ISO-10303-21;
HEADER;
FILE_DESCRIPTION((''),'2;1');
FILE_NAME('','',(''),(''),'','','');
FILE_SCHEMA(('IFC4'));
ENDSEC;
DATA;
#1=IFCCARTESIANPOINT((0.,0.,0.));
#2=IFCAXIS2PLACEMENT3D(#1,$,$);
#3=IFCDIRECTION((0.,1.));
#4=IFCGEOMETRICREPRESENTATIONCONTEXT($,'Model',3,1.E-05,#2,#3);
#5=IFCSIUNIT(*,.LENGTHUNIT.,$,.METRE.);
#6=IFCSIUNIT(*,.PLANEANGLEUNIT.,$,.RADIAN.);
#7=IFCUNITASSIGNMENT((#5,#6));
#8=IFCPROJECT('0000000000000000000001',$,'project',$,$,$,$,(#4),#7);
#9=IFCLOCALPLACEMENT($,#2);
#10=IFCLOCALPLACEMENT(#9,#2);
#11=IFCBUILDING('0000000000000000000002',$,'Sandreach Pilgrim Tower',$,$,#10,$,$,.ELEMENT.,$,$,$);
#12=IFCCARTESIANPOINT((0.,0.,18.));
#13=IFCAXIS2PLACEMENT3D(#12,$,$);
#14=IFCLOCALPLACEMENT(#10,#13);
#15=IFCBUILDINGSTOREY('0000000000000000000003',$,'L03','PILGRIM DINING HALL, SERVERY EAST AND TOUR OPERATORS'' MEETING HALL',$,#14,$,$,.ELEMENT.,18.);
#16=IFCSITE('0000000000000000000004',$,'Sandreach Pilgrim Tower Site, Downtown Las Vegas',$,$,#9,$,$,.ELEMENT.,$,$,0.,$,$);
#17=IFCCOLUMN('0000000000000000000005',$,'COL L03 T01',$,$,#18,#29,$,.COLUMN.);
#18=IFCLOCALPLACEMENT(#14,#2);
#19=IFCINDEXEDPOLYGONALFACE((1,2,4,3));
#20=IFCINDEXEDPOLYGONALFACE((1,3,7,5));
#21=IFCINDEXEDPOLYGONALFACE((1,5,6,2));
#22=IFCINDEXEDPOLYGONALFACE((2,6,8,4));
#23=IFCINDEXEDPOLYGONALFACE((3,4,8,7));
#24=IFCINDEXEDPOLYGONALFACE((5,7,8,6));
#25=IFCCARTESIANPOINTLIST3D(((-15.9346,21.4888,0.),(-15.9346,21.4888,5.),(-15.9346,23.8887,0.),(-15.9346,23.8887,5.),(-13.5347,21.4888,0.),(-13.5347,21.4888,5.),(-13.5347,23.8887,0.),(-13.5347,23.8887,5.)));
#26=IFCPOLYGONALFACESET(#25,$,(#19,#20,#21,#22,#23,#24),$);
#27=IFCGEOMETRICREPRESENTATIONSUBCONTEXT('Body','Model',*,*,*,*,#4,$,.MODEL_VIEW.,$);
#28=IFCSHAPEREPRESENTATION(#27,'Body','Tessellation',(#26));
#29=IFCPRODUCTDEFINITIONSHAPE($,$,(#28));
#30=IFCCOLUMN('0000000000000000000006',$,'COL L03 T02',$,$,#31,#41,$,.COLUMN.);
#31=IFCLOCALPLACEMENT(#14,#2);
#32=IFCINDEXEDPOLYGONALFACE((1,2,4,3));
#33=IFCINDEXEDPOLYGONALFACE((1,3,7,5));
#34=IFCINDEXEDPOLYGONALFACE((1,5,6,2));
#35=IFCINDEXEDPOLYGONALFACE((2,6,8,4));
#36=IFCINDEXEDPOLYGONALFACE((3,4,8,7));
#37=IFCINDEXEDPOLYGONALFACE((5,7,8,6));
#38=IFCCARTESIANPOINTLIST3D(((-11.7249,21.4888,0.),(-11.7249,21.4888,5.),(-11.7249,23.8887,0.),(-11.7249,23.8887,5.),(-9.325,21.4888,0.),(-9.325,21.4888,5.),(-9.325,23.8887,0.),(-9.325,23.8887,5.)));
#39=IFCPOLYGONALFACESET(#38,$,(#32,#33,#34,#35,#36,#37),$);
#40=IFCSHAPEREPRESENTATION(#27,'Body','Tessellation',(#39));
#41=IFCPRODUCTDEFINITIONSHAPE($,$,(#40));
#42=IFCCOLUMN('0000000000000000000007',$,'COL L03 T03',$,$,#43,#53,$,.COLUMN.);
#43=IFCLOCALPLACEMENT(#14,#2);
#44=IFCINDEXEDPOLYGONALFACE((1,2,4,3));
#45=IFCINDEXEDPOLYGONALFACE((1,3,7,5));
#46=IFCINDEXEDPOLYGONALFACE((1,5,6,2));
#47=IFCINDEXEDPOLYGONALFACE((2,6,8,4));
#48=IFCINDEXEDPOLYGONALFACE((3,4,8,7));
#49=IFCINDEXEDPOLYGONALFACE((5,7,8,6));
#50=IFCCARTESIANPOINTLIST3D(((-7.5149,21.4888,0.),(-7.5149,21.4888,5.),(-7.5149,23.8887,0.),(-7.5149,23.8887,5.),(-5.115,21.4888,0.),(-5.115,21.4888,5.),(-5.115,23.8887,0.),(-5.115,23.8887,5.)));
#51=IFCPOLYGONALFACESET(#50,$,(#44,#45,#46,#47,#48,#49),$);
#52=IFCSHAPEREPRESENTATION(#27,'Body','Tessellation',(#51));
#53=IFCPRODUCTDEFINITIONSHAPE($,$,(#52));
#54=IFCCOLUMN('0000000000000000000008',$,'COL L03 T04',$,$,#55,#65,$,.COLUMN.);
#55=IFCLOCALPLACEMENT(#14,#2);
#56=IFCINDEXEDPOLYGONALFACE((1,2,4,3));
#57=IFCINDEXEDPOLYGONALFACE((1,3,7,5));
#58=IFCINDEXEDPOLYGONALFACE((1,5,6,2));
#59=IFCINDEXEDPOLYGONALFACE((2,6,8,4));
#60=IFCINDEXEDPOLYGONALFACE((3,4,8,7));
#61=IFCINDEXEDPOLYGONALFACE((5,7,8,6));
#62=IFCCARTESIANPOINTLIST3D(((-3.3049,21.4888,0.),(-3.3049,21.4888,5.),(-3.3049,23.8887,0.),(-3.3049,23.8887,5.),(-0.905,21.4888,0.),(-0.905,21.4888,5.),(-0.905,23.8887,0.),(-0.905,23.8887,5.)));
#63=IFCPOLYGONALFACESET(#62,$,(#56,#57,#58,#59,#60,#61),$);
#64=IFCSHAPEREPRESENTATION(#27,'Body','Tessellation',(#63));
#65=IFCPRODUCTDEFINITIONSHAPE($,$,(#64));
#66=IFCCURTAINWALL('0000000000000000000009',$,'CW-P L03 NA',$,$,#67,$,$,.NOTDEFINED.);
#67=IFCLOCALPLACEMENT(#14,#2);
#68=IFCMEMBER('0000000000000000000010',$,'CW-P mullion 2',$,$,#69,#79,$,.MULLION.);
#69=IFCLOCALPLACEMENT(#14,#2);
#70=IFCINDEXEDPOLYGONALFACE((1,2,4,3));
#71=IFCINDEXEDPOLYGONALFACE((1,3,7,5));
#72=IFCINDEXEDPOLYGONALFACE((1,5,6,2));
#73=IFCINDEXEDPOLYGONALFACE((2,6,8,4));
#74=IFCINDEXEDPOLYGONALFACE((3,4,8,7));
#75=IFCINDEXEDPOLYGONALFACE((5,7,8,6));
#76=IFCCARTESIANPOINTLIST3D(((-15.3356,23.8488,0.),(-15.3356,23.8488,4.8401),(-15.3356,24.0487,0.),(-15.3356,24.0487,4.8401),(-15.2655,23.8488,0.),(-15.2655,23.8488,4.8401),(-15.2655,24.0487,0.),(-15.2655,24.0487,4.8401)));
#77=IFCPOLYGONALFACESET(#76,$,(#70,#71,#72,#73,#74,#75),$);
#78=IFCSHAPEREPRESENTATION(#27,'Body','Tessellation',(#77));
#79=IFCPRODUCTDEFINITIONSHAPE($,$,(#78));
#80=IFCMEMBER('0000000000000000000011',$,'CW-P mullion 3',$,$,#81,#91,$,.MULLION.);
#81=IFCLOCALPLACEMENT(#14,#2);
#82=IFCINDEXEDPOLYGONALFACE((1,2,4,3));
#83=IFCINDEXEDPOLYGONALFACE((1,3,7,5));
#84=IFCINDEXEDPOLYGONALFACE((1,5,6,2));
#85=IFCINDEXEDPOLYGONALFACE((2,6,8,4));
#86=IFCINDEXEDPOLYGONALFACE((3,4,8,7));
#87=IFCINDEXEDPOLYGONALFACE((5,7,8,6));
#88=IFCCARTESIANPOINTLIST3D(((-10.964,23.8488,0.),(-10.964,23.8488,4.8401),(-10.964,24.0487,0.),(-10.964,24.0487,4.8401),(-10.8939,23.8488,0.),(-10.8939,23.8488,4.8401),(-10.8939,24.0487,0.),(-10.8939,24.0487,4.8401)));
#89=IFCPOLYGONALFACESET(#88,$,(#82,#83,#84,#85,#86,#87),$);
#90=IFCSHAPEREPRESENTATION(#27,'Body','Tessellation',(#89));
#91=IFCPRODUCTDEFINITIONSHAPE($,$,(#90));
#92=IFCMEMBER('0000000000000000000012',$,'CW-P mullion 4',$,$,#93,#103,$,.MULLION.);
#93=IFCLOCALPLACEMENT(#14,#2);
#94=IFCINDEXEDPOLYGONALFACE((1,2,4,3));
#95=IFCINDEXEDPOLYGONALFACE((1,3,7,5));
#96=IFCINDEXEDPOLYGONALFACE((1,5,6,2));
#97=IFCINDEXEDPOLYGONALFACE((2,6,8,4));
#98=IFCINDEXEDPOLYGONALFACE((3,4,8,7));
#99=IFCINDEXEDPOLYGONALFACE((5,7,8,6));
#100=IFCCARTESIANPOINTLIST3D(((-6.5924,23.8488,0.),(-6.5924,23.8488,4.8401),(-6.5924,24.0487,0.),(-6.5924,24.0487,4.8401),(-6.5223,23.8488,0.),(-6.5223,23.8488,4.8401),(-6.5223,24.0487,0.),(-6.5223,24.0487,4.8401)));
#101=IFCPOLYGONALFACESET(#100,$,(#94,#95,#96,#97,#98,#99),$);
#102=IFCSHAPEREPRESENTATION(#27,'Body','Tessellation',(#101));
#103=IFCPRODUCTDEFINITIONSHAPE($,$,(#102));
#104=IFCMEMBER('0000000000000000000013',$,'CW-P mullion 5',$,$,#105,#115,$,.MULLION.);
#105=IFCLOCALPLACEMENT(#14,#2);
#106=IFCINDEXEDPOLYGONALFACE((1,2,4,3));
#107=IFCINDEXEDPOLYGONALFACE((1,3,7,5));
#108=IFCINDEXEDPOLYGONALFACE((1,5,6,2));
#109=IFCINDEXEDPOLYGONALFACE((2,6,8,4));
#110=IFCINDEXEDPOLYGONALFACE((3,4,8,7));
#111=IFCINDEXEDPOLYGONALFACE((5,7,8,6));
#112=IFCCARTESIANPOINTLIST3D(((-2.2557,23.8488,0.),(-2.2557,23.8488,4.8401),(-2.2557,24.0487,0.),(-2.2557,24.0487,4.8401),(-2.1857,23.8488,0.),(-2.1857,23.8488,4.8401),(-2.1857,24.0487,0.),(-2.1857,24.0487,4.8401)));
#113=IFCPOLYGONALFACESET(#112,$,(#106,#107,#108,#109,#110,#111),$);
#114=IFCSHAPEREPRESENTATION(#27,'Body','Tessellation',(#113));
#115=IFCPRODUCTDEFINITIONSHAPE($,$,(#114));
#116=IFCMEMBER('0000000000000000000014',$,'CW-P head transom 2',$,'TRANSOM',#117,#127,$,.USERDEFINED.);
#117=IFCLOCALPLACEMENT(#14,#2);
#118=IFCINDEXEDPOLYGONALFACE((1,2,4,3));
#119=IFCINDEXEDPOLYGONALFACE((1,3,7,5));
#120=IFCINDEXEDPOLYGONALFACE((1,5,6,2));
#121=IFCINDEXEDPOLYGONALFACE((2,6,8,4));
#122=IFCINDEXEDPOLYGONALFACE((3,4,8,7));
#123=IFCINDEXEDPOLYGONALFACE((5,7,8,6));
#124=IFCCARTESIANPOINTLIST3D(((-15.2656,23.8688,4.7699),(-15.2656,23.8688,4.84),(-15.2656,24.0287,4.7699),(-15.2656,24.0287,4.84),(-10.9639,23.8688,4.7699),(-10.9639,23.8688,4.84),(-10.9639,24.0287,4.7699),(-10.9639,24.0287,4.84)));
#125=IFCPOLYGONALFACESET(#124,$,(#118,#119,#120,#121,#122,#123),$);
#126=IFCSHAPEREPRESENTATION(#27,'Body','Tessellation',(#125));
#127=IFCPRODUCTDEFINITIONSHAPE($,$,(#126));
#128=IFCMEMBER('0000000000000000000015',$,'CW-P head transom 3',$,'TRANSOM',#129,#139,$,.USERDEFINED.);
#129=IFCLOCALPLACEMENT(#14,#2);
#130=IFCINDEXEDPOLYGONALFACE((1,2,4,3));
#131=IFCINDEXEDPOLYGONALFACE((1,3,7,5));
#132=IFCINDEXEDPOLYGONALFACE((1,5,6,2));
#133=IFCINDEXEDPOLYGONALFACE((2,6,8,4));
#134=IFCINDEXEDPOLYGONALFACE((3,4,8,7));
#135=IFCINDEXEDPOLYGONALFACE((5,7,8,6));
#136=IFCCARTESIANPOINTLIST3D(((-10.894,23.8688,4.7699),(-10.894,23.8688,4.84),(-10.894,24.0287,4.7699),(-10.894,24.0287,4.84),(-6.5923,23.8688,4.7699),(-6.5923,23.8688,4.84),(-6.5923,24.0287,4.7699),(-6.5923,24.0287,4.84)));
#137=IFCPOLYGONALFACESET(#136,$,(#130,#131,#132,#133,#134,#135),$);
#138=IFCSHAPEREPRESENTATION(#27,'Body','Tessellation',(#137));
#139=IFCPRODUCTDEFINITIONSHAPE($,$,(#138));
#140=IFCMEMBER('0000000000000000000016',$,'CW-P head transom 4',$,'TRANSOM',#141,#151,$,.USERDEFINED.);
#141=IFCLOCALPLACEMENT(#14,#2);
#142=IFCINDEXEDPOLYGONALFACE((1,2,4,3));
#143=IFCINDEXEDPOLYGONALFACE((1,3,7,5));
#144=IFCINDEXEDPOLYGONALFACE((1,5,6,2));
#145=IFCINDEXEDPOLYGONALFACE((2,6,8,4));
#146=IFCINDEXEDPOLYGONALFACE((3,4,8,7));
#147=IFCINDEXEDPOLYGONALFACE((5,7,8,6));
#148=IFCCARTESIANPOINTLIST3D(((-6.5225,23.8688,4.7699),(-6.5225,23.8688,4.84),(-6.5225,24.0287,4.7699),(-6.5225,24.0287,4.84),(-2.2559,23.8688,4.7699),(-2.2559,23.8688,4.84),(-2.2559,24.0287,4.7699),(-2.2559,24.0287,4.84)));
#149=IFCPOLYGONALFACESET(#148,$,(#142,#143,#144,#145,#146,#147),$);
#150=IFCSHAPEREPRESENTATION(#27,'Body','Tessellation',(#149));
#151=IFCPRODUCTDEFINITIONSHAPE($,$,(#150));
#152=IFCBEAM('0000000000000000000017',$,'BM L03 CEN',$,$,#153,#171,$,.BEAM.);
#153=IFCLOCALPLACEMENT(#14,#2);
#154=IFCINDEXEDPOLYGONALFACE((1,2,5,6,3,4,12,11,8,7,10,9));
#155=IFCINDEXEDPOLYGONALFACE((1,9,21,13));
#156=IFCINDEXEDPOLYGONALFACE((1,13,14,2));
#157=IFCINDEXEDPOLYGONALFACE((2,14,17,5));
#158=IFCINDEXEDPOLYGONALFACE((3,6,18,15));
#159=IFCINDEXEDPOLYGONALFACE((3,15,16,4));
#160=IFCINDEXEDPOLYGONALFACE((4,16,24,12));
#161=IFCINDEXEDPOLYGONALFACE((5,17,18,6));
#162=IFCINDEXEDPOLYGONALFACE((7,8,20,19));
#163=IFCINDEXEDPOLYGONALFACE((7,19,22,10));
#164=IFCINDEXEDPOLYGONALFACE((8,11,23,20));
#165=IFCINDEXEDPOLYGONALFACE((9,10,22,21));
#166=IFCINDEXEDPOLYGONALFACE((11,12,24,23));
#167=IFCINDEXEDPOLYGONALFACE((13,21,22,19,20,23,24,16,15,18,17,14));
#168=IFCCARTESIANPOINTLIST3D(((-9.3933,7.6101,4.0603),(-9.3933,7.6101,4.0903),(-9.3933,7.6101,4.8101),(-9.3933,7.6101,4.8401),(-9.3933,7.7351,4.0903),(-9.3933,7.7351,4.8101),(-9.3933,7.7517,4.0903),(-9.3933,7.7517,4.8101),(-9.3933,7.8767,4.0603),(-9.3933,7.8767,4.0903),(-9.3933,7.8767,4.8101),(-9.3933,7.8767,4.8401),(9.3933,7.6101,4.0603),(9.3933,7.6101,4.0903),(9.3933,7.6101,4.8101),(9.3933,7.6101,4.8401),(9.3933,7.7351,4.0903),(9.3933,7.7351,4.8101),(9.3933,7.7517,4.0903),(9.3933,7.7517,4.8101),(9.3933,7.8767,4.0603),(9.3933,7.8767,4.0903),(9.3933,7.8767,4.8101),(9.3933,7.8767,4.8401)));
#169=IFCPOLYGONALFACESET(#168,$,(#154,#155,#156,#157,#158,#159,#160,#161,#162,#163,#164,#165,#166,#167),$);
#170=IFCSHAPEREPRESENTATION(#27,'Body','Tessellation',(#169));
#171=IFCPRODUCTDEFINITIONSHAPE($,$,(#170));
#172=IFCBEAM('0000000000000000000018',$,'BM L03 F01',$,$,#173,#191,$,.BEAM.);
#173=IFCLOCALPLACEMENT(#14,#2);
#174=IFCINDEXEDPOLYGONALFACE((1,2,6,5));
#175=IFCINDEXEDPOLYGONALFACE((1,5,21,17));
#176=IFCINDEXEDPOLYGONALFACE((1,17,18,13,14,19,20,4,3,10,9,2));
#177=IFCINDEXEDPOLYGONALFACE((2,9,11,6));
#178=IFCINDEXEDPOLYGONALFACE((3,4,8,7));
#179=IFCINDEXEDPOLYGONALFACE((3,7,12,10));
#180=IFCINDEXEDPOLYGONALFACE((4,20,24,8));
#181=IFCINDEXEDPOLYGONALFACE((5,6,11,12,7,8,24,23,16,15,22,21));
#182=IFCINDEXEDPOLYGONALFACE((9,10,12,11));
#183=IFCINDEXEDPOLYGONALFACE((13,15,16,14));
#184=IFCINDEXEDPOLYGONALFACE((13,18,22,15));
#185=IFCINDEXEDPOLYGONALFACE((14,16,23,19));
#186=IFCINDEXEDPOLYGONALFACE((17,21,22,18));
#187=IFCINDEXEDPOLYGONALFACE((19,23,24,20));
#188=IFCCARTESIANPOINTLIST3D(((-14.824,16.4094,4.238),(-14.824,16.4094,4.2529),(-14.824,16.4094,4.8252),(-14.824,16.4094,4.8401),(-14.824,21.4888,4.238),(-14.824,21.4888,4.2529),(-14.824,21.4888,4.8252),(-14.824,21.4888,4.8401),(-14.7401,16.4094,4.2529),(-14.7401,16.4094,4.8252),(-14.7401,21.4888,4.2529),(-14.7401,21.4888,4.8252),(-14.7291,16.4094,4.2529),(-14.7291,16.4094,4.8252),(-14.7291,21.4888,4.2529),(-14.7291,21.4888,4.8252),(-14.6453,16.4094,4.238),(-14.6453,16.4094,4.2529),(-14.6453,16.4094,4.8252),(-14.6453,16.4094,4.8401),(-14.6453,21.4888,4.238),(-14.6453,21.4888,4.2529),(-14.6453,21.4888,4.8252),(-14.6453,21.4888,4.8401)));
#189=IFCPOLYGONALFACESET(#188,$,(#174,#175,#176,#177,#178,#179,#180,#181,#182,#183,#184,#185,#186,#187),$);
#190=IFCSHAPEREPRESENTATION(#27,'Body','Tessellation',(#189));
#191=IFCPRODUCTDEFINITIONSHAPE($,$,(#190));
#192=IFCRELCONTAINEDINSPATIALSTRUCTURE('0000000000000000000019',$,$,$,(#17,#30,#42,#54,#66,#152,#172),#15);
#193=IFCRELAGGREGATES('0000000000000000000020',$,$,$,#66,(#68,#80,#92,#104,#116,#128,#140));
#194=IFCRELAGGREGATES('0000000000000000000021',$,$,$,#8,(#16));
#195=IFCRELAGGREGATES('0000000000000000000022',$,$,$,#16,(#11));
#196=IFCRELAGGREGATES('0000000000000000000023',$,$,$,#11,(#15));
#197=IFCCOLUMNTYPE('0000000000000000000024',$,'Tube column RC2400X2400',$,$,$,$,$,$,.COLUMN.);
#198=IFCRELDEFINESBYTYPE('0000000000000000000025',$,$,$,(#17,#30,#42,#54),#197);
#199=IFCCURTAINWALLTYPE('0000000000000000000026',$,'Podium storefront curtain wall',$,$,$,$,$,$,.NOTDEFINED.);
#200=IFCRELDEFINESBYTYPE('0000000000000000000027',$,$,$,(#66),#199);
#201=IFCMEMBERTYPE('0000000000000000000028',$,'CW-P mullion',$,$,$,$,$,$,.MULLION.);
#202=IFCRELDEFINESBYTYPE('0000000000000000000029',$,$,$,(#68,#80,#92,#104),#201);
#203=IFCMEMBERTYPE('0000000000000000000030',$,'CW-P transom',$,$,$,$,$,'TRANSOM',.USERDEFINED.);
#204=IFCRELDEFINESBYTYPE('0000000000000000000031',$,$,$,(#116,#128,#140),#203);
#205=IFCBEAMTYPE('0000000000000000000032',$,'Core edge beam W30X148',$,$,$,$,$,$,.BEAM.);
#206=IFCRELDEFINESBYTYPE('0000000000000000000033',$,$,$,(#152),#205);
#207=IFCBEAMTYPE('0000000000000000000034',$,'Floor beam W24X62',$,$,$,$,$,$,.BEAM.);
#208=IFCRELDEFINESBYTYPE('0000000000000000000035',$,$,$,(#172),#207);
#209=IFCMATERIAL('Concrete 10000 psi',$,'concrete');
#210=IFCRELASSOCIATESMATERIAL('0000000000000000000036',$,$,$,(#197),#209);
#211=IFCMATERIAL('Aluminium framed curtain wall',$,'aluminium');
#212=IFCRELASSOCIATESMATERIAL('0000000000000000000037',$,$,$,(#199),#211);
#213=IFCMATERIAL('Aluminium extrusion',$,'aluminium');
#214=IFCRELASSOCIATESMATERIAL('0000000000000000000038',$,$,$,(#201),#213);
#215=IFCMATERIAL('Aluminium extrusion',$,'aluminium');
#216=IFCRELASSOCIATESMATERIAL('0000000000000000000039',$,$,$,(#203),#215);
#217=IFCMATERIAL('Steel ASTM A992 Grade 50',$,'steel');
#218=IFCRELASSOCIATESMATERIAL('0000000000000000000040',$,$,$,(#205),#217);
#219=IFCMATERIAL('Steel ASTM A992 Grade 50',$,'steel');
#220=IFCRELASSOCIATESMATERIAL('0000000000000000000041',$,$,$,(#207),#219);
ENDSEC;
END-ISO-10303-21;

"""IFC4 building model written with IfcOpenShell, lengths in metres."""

from ifc_helpers import new_model, si_unit, direction, frame, origin, origin_2d, place, context, subcontext, project, spatial, rectangle, i_section, extrude, material, material_profile, profile_set, type_object, element, aggregate, save


model = new_model("IFC4")

# Units and contexts
model_context = context("Model", 3, precision=1e-05, world=origin(), true_north=direction((0.0, 1.0)))
body_context = subcontext(model_context, "Body", "Model", "MODEL_VIEW")
ifc_project = project(units=[si_unit("LENGTHUNIT", "METRE"), si_unit("PLANEANGLEUNIT", "RADIAN")], contexts=[model_context])

# Site, building, storey
site_placement = place(None, origin())
site = spatial("IfcSite", under=ifc_project, at=site_placement, Name="Sandreach Pilgrim Tower Site, Downtown Las Vegas", CompositionType="ELEMENT", RefElevation=0.0)
building_placement = place(site_placement, origin())
building = spatial("IfcBuilding", under=site, at=building_placement, Name="Sandreach Pilgrim Tower", CompositionType="ELEMENT")
storey_placement = place(building_placement, frame((0.0, 0.0, 18.0)))
storey = spatial("IfcBuildingStorey", under=building, at=storey_placement, Name="L03", Description="PILGRIM DINING HALL, SERVERY EAST AND TOUR OPERATORS' MEETING HALL", CompositionType="ELEMENT", Elevation=18.0)

# Columns
ifc_material_1 = material(Name="Concrete 10000 psi", Category="concrete")
ifc_material_profile_1 = material_profile(ifc_material_1, rectangle(XDim=2.3999, YDim=2.3999, at=origin_2d()), Name="RC2400X2400")
ifc_profile_set_1 = profile_set([ifc_material_profile_1], Name="Concrete 10000 psi")
column_type = type_object("IfcColumnType", Name="Tube column RC2400X2400", PredefinedType="COLUMN", material=ifc_profile_set_1)
for number, where, z_axis, x_axis, name in (
    (1, (-14.7346, 22.6887, 0.0), (0.0, 0.0, 1.0), (0.0, 1.0, 0.0), "COL L03 T01"),
    (2, (-10.5249, 22.6887, 0.0), (0.0, 0.0, 1.0), (0.0, 1.0, 0.0), "COL L03 T02"),
    (3, (-6.3149, 22.6887, 0.0), (0.0, 0.0, 1.0), (0.0, 1.0, 0.0), "COL L03 T03"),
    (4, (-2.105, 22.6887, 0.0), (0.0, 0.0, 1.0), (0.0, 1.0, 0.0), "COL L03 T04"),
):
    element("IfcColumn", number, at=place(storey_placement, frame(where, z_axis=z_axis, x_axis=x_axis)), inside=storey, type_object=column_type, Name=name, PredefinedType="COLUMN", context=body_context, shape_type="SweptSolid", body=[
        extrude(rectangle(XDim=2.3999, YDim=2.3999, at=origin_2d()), origin(), (0.0, 0.0, 1.0), 5.0),
    ])

# Curtain wall, members
ifc_material_2 = material(Name="Aluminium framed curtain wall", Category="aluminium")
curtain_wall_type = type_object("IfcCurtainWallType", Name="Podium storefront curtain wall", PredefinedType="NOTDEFINED", material=ifc_material_2)
curtain_wall_placement = place(storey_placement, origin())
curtain_wall = element("IfcCurtainWall", 5, at=curtain_wall_placement, inside=storey, type_object=curtain_wall_type, Name="CW-P L03 NA", PredefinedType="NOTDEFINED")
ifc_material_3 = material(Name="Aluminium extrusion", Category="aluminium")
ifc_material_profile_2 = material_profile(ifc_material_3, rectangle(XDim=0.0701, YDim=0.2, at=origin_2d()), Name="CW-PM 70X200")
ifc_profile_set_2 = profile_set([ifc_material_profile_2], Name="Aluminium extrusion")
member_type_1 = type_object("IfcMemberType", Name="CW-P mullion", PredefinedType="MULLION", material=ifc_profile_set_2)
member_1_placement = place(storey_placement, frame((-15.3005, 23.9487, 0.0), z_axis=(0.0, 0.0, 1.0), x_axis=(1.0, 0.0, 0.0)))
member_1 = element("IfcMember", 6, at=member_1_placement, type_object=member_type_1, Name="CW-P mullion 2", PredefinedType="MULLION", context=body_context, shape_type="SweptSolid", body=[
    extrude(rectangle(XDim=0.0701, YDim=0.2, at=origin_2d()), origin(), (0.0, 0.0, 1.0), 4.8401),
])
member_2_placement = place(storey_placement, frame((-10.929, 23.9487, 0.0), z_axis=(0.0, 0.0, 1.0), x_axis=(1.0, 0.0, 0.0)))
member_2 = element("IfcMember", 7, at=member_2_placement, type_object=member_type_1, Name="CW-P mullion 3", PredefinedType="MULLION", context=body_context, shape_type="SweptSolid", body=[
    extrude(rectangle(XDim=0.0701, YDim=0.2, at=origin_2d()), origin(), (0.0, 0.0, 1.0), 4.8401),
])
member_3_placement = place(storey_placement, frame((-6.5574, 23.9487, 0.0), z_axis=(0.0, 0.0, 1.0), x_axis=(1.0, 0.0, 0.0)))
member_3 = element("IfcMember", 8, at=member_3_placement, type_object=member_type_1, Name="CW-P mullion 4", PredefinedType="MULLION", context=body_context, shape_type="SweptSolid", body=[
    extrude(rectangle(XDim=0.0701, YDim=0.2, at=origin_2d()), origin(), (0.0, 0.0, 1.0), 4.8401),
])
member_4_placement = place(storey_placement, frame((-2.2207, 23.9487, 0.0), z_axis=(0.0, 0.0, 1.0), x_axis=(1.0, 0.0, 0.0)))
member_4 = element("IfcMember", 9, at=member_4_placement, type_object=member_type_1, Name="CW-P mullion 5", PredefinedType="MULLION", context=body_context, shape_type="SweptSolid", body=[
    extrude(rectangle(XDim=0.0701, YDim=0.2, at=origin_2d()), origin(), (0.0, 0.0, 1.0), 4.8401),
])
ifc_material_4 = material(Name="Aluminium extrusion", Category="aluminium")
ifc_material_profile_3 = material_profile(ifc_material_4, rectangle(XDim=0.1599, YDim=0.0701, at=origin_2d()), Name="CW-PT 160X70")
ifc_profile_set_3 = profile_set([ifc_material_profile_3], Name="Aluminium extrusion")
member_type_2 = type_object("IfcMemberType", Name="CW-P transom", ElementType="TRANSOM", PredefinedType="USERDEFINED", material=ifc_profile_set_3)
member_5_placement = place(storey_placement, frame((-15.2656, 23.9487, 4.8049), z_axis=(1.0, 0.0, 0.0), x_axis=(0.0, 1.0, 0.0)))
member_5 = element("IfcMember", 10, at=member_5_placement, type_object=member_type_2, Name="CW-P head transom 2", ObjectType="TRANSOM", PredefinedType="USERDEFINED", context=body_context, shape_type="SweptSolid", body=[
    extrude(rectangle(XDim=0.1599, YDim=0.0701, at=origin_2d()), origin(), (0.0, 0.0, 1.0), 4.3018),
])
member_6_placement = place(storey_placement, frame((-10.894, 23.9487, 4.8049), z_axis=(1.0, 0.0, 0.0), x_axis=(0.0, 1.0, 0.0)))
member_6 = element("IfcMember", 11, at=member_6_placement, type_object=member_type_2, Name="CW-P head transom 3", ObjectType="TRANSOM", PredefinedType="USERDEFINED", context=body_context, shape_type="SweptSolid", body=[
    extrude(rectangle(XDim=0.1599, YDim=0.0701, at=origin_2d()), origin(), (0.0, 0.0, 1.0), 4.3018),
])
member_7_placement = place(storey_placement, frame((-6.5225, 23.9487, 4.8049), z_axis=(1.0, 0.0, 0.0), x_axis=(0.0, 1.0, 0.0)))
member_7 = element("IfcMember", 12, at=member_7_placement, type_object=member_type_2, Name="CW-P head transom 4", ObjectType="TRANSOM", PredefinedType="USERDEFINED", context=body_context, shape_type="SweptSolid", body=[
    extrude(rectangle(XDim=0.1599, YDim=0.0701, at=origin_2d()), origin(), (0.0, 0.0, 1.0), 4.2666),
])

# Beams
ifc_material_5 = material(Name="Steel ASTM A992 Grade 50", Category="steel")
ifc_material_profile_4 = material_profile(ifc_material_5, i_section(OverallWidth=0.2666, OverallDepth=0.7798, WebThickness=0.0166, FlangeThickness=0.03, at=origin_2d()), Name="W30X148")
ifc_profile_set_4 = profile_set([ifc_material_profile_4], Name="Steel ASTM A992 Grade 50")
beam_type_1 = type_object("IfcBeamType", Name="Core edge beam W30X148", PredefinedType="BEAM", material=ifc_profile_set_4)
beam_1_placement = place(storey_placement, frame((-9.3933, 7.7434, 4.4502), z_axis=(1.0, 0.0, 0.0), x_axis=(0.0, 1.0, 0.0)))
element("IfcBeam", 13, at=beam_1_placement, inside=storey, type_object=beam_type_1, Name="BM L03 CEN", PredefinedType="BEAM", context=body_context, shape_type="SweptSolid", body=[
    extrude(i_section(OverallWidth=0.2666, OverallDepth=0.7798, WebThickness=0.0166, FlangeThickness=0.03, at=origin_2d()), origin(), (0.0, 0.0, 1.0), 18.7866),
])
ifc_material_6 = material(Name="Steel ASTM A992 Grade 50", Category="steel")
ifc_material_profile_5 = material_profile(ifc_material_6, i_section(OverallWidth=0.1787, OverallDepth=0.6021, WebThickness=0.011, FlangeThickness=0.0149, at=origin_2d()), Name="W24X62")
ifc_profile_set_5 = profile_set([ifc_material_profile_5], Name="Steel ASTM A992 Grade 50")
beam_type_2 = type_object("IfcBeamType", Name="Floor beam W24X62", PredefinedType="BEAM", material=ifc_profile_set_5)
beam_2_placement = place(storey_placement, frame((-14.7346, 21.4888, 4.5391), z_axis=(0.0, -1.0, 0.0), x_axis=(1.0, 0.0, 0.0)))
element("IfcBeam", 14, at=beam_2_placement, inside=storey, type_object=beam_type_2, Name="BM L03 F01", PredefinedType="BEAM", context=body_context, shape_type="SweptSolid", body=[
    extrude(i_section(OverallWidth=0.1787, OverallDepth=0.6021, WebThickness=0.011, FlangeThickness=0.0149, at=origin_2d()), origin(), (0.0, 0.0, 1.0), 5.0793),
])

aggregate(curtain_wall, [member_1, member_2, member_3, member_4, member_5, member_6, member_7])

save(model, "model.ifc")
